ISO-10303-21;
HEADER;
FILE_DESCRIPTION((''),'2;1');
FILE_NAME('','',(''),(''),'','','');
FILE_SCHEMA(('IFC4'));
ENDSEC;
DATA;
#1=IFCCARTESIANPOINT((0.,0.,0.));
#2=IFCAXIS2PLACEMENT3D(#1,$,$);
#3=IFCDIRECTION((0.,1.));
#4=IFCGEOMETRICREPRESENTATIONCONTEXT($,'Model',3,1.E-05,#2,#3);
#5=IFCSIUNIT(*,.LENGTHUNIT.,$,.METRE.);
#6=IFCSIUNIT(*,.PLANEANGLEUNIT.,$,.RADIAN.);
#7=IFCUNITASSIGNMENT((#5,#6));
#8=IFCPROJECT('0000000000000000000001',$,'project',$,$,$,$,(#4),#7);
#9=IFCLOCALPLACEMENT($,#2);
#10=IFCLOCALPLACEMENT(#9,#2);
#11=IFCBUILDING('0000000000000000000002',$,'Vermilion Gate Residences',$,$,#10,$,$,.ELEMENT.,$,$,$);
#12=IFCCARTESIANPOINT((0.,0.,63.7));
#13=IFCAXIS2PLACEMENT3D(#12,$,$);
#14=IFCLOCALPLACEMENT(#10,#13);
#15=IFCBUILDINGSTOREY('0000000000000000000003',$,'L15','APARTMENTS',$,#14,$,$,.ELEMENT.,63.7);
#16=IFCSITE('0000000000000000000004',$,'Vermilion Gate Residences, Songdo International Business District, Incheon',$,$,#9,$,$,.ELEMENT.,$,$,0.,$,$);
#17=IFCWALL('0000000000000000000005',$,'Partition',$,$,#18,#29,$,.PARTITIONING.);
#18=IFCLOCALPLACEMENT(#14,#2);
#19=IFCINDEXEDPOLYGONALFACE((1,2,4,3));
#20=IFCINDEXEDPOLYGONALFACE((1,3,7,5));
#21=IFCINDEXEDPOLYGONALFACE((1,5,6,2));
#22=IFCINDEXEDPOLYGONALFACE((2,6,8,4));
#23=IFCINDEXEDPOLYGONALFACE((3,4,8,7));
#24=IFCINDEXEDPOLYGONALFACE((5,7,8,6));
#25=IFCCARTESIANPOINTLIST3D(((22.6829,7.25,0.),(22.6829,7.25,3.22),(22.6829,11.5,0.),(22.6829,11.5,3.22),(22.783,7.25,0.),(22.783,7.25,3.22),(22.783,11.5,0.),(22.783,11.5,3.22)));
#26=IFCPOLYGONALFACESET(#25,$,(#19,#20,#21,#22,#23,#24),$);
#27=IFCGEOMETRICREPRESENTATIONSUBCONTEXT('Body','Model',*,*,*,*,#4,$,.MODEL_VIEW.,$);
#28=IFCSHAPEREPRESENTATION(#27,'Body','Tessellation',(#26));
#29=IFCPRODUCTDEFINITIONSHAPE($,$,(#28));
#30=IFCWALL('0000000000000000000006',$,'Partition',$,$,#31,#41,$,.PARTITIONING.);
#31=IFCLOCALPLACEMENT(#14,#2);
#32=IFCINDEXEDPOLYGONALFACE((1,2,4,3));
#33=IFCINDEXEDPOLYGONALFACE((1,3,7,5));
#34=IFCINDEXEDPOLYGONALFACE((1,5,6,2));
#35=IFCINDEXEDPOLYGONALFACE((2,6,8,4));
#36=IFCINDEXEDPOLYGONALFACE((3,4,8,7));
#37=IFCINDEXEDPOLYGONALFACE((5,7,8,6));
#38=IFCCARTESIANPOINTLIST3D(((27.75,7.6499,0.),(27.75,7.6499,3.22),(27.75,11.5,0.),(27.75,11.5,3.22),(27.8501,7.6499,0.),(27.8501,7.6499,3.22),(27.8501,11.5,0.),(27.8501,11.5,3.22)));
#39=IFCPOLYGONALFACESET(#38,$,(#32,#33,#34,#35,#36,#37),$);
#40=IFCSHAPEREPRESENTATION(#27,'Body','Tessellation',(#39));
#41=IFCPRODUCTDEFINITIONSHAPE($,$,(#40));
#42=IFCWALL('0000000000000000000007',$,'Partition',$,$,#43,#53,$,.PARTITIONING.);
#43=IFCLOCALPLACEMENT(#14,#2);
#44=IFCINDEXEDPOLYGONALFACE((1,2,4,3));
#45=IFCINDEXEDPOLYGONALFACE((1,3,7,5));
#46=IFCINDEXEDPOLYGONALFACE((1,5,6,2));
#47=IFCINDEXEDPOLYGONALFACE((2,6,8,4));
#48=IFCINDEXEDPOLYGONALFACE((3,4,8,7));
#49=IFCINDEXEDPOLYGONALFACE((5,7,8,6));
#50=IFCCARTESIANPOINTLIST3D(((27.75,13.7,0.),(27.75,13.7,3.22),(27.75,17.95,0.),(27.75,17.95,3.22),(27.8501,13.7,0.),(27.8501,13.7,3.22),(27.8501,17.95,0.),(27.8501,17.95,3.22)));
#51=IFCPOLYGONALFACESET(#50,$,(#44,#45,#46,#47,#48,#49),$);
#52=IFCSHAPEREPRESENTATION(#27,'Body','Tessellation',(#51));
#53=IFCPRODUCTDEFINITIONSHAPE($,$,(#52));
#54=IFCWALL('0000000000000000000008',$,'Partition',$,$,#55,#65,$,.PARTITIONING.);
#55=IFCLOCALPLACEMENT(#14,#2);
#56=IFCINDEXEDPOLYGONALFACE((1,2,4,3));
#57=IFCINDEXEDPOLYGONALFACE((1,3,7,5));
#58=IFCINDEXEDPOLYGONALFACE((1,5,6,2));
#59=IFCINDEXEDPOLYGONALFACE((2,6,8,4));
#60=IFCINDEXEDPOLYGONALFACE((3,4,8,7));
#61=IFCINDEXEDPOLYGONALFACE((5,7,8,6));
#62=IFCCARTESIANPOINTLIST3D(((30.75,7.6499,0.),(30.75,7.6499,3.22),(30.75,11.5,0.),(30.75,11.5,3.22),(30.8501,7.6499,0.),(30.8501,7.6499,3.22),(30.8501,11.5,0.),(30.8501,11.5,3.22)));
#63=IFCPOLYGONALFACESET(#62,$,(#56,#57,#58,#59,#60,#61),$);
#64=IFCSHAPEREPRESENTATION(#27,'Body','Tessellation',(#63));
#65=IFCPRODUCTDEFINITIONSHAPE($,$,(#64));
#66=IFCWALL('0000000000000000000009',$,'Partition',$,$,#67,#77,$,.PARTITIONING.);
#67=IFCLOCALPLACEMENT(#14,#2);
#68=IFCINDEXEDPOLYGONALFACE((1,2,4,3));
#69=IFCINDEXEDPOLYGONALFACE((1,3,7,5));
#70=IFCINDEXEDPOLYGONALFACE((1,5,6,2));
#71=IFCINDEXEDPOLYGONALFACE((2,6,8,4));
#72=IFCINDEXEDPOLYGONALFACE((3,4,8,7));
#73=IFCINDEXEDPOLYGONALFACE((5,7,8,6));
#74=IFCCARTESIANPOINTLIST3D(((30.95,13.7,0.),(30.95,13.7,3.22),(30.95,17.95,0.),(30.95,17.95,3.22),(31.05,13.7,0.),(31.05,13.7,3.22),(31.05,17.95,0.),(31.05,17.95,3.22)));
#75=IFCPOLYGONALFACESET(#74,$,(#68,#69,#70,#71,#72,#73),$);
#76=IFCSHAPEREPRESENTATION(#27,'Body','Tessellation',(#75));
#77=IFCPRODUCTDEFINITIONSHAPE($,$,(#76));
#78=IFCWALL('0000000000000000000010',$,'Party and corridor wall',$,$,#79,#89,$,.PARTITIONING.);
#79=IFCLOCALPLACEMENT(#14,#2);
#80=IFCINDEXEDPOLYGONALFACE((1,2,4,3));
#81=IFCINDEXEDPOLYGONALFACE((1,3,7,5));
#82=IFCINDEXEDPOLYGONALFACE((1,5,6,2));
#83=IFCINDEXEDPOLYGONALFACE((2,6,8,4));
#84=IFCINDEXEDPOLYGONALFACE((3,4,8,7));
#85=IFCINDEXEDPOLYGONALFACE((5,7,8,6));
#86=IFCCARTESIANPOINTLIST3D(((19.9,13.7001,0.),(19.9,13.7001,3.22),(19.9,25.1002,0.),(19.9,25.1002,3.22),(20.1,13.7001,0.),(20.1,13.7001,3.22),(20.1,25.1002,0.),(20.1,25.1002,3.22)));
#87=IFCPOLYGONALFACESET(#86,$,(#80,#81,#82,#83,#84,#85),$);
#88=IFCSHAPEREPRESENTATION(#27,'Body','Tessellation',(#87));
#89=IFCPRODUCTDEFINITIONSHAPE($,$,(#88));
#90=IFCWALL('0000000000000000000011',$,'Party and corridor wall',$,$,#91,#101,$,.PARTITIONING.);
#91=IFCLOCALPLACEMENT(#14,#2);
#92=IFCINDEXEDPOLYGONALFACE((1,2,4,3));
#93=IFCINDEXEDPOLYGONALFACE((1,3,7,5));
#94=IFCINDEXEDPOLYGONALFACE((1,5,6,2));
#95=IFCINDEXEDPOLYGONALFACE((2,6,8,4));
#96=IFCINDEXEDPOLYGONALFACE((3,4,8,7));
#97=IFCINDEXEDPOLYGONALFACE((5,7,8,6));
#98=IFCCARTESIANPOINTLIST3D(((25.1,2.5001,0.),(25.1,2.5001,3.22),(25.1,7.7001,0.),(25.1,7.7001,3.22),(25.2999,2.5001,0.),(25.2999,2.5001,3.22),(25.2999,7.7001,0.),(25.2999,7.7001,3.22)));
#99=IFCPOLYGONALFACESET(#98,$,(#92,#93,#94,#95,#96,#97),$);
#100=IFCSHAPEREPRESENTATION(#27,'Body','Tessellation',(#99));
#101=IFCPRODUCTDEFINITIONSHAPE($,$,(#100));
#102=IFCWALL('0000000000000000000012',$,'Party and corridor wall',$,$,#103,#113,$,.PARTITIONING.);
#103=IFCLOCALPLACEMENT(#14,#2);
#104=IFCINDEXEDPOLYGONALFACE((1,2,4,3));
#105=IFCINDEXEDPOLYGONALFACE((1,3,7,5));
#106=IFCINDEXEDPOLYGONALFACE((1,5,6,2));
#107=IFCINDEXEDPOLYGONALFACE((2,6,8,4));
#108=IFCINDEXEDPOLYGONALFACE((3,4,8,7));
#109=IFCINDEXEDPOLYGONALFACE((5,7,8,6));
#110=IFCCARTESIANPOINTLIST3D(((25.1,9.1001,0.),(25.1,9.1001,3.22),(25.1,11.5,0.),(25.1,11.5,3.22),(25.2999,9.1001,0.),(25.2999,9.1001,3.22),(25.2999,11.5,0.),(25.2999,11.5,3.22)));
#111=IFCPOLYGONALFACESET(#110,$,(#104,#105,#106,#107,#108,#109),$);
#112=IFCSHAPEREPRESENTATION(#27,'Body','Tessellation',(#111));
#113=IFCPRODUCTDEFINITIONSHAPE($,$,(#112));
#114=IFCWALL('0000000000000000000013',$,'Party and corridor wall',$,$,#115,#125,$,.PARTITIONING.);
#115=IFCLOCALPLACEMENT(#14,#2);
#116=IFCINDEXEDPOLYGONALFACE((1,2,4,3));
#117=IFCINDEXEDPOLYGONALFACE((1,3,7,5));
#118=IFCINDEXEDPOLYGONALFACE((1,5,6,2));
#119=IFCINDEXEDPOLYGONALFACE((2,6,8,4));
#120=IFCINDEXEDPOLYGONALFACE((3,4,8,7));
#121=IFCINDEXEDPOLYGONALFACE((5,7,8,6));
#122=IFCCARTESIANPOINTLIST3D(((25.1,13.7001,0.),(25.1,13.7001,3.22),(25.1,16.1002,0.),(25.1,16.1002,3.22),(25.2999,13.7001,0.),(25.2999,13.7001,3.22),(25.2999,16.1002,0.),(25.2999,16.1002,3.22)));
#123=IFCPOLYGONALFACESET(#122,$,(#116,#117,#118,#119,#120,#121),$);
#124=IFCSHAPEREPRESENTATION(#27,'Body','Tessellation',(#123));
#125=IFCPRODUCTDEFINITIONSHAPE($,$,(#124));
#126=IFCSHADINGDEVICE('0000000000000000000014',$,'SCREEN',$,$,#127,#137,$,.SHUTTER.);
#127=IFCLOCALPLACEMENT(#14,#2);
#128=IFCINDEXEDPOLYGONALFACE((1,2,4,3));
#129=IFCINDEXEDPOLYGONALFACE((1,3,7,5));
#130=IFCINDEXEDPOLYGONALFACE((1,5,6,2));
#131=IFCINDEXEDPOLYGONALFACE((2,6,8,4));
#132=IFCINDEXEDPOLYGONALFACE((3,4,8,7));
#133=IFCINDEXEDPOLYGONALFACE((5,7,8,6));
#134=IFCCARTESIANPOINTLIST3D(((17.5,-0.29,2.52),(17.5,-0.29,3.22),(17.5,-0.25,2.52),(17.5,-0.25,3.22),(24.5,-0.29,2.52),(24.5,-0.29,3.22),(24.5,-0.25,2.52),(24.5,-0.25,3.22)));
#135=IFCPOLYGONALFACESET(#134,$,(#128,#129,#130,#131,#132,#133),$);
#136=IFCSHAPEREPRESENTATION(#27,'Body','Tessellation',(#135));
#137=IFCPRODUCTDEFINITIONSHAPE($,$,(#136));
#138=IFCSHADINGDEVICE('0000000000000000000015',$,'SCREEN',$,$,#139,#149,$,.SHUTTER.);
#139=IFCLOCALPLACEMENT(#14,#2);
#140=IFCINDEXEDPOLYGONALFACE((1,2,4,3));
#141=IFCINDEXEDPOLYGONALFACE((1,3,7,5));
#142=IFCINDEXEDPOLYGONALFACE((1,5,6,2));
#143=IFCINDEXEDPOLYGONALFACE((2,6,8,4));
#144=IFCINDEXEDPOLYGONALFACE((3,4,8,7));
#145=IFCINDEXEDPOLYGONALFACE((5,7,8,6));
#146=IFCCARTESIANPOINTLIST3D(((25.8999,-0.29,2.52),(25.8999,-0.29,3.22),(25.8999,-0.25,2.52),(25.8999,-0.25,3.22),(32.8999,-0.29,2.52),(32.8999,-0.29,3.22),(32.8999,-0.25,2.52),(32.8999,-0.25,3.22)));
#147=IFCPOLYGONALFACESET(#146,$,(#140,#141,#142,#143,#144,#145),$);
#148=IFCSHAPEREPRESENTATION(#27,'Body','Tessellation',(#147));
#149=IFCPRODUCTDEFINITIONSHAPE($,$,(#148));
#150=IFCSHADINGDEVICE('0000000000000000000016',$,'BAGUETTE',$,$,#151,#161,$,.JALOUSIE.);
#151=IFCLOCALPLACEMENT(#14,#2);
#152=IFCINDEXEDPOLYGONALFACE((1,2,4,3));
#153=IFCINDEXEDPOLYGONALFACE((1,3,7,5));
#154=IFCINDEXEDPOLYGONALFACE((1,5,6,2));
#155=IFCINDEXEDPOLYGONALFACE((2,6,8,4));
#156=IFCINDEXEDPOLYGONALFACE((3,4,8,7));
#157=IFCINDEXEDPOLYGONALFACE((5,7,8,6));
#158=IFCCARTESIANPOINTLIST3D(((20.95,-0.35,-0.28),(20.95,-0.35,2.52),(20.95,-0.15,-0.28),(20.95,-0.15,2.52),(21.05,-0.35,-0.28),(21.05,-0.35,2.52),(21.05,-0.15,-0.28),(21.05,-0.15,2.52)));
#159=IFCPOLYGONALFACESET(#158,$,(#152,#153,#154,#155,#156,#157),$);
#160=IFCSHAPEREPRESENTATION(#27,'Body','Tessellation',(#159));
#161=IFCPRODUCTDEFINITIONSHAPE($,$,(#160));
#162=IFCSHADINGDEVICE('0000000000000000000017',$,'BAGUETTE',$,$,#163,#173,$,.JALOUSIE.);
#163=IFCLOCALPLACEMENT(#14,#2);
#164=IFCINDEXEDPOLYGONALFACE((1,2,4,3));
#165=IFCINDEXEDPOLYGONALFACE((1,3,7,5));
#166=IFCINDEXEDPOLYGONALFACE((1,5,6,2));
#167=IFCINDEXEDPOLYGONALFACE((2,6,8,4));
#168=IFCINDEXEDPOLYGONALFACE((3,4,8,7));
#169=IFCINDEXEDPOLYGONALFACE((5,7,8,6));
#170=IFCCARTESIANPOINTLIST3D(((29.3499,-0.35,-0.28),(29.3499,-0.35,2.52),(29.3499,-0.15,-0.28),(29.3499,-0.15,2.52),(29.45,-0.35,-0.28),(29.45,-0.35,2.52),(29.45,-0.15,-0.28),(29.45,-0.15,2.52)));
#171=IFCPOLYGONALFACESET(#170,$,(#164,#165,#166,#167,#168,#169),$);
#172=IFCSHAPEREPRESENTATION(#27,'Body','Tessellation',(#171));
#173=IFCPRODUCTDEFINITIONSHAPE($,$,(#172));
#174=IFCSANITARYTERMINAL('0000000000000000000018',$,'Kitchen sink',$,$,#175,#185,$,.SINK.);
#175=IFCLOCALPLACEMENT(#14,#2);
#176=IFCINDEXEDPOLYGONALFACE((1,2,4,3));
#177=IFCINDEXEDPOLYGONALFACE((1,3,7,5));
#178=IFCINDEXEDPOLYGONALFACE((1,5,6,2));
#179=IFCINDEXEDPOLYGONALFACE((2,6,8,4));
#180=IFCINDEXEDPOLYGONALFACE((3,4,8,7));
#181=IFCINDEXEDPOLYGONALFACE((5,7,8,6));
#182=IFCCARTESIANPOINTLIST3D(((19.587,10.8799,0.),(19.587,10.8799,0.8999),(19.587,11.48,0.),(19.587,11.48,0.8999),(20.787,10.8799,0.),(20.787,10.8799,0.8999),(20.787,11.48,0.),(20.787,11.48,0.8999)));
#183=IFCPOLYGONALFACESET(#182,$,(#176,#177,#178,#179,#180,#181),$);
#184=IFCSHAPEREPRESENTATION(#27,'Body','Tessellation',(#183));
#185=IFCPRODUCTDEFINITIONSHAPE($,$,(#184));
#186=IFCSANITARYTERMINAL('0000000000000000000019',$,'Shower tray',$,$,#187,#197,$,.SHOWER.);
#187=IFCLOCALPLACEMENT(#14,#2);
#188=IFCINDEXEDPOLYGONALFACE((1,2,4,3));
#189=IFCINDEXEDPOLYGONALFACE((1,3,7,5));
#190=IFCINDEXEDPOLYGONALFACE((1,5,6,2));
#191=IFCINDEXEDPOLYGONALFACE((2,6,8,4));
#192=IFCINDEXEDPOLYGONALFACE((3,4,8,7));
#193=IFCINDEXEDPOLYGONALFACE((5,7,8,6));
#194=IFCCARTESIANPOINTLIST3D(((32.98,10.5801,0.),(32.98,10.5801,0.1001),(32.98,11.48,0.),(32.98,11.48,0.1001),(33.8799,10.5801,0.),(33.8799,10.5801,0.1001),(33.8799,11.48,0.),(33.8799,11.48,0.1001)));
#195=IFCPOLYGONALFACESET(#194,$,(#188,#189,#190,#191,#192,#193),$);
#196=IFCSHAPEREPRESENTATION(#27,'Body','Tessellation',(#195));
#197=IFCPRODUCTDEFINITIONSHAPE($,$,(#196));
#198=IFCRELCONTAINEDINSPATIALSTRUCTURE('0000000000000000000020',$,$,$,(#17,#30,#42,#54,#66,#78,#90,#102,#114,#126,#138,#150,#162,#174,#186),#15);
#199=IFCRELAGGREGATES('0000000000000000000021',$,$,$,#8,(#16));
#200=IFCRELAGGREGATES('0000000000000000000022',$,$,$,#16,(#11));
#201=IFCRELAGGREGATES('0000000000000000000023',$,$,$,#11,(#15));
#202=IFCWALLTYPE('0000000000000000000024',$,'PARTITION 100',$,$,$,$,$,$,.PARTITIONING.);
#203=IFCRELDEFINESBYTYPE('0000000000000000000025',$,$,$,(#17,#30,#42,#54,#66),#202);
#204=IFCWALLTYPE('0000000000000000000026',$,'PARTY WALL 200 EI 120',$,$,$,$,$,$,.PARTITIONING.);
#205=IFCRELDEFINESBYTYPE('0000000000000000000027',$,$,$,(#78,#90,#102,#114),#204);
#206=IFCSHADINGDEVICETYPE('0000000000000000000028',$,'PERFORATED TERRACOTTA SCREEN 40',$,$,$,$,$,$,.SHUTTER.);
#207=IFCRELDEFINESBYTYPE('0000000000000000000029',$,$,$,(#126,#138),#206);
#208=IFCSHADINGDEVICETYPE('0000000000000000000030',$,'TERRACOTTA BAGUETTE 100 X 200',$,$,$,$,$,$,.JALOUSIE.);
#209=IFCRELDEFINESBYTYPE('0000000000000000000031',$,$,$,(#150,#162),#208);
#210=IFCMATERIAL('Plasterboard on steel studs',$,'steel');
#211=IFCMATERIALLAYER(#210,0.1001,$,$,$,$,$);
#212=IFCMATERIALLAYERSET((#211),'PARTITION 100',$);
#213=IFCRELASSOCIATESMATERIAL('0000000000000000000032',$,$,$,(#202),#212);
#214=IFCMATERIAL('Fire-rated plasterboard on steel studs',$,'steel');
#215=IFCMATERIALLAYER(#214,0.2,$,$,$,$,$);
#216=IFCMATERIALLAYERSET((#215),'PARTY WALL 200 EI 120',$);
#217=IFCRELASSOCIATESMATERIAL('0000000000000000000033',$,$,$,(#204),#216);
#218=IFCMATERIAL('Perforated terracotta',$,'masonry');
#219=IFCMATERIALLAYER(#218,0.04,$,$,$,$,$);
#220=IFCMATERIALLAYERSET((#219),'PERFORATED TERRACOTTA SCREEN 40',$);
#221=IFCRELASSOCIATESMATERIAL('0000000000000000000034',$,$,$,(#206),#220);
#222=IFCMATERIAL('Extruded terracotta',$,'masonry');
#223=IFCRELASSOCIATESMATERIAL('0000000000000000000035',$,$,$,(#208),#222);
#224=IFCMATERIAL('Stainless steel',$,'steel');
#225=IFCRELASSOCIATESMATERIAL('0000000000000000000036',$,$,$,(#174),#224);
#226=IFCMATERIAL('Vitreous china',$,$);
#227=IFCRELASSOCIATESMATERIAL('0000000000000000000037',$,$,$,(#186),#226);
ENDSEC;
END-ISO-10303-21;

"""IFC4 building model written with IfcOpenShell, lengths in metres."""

from ifc_helpers import new_model, si_unit, direction, frame, frame_2d, origin, origin_2d, place, context, subcontext, project, spatial, rectangle, extrude, material, layer, layer_set, material_profile, profile_set, type_object, element, save


model = new_model("IFC4")

# Units and contexts
model_context = context("Model", 3, precision=1e-05, world=origin(), true_north=direction((0.0, 1.0)))
body_context = subcontext(model_context, "Body", "Model", "MODEL_VIEW")
ifc_project = project(units=[si_unit("LENGTHUNIT", "METRE"), si_unit("PLANEANGLEUNIT", "RADIAN")], contexts=[model_context])

# Site, building, storey
site_placement = place(None, origin())
site = spatial("IfcSite", under=ifc_project, at=site_placement, Name="Vermilion Gate Residences, Songdo International Business District, Incheon", CompositionType="ELEMENT", RefElevation=0.0)
building_placement = place(site_placement, origin())
building = spatial("IfcBuilding", under=site, at=building_placement, Name="Vermilion Gate Residences", CompositionType="ELEMENT")
storey_placement = place(building_placement, frame((0.0, 0.0, 63.7)))
storey = spatial("IfcBuildingStorey", under=building, at=storey_placement, Name="L15", Description="APARTMENTS", CompositionType="ELEMENT", Elevation=63.7)

# Shared definitions
ifc_material_1 = material(Name="Plasterboard on steel studs", Category="steel")
ifc_layer_1 = layer(ifc_material_1, 0.1001)
ifc_layer_set_1 = layer_set([ifc_layer_1], Name="PARTITION 100")
wall_type_1 = type_object("IfcWallType", Name="PARTITION 100", PredefinedType="PARTITIONING", material=ifc_layer_set_1)

# Walls
wall_1_placement = place(storey_placement, frame((22.7329, 7.25, 0.0), z_axis=(0.0, 0.0, 1.0), x_axis=(0.0, 1.0, 0.0)))
element("IfcWall", 1, at=wall_1_placement, inside=storey, type_object=wall_type_1, Name="Partition", PredefinedType="PARTITIONING", context=body_context, shape_type="SweptSolid", body=[
    extrude(rectangle(XDim=4.25, YDim=0.1001, at=frame_2d((2.125, 0.0))), origin(), (0.0, 0.0, 1.0), 3.22),
])
wall_2_placement = place(storey_placement, frame((27.8, 7.6499, 0.0), z_axis=(0.0, 0.0, 1.0), x_axis=(0.0, 1.0, 0.0)))
element("IfcWall", 2, at=wall_2_placement, inside=storey, type_object=wall_type_1, Name="Partition", PredefinedType="PARTITIONING", context=body_context, shape_type="SweptSolid", body=[
    extrude(rectangle(XDim=3.8501, YDim=0.1001, at=frame_2d((1.925, 0.0))), origin(), (0.0, 0.0, 1.0), 3.22),
])
wall_3_placement = place(storey_placement, frame((27.8, 13.7, 0.0), z_axis=(0.0, 0.0, 1.0), x_axis=(0.0, 1.0, 0.0)))
element("IfcWall", 3, at=wall_3_placement, inside=storey, type_object=wall_type_1, Name="Partition", PredefinedType="PARTITIONING", context=body_context, shape_type="SweptSolid", body=[
    extrude(rectangle(XDim=4.25, YDim=0.1001, at=frame_2d((2.125, 0.0))), origin(), (0.0, 0.0, 1.0), 3.22),
])
wall_4_placement = place(storey_placement, frame((30.8, 7.6499, 0.0), z_axis=(0.0, 0.0, 1.0), x_axis=(0.0, 1.0, 0.0)))
element("IfcWall", 4, at=wall_4_placement, inside=storey, type_object=wall_type_1, Name="Partition", PredefinedType="PARTITIONING", context=body_context, shape_type="SweptSolid", body=[
    extrude(rectangle(XDim=3.8501, YDim=0.1001, at=frame_2d((1.925, 0.0))), origin(), (0.0, 0.0, 1.0), 3.22),
])
wall_5_placement = place(storey_placement, frame((31.0, 13.7, 0.0), z_axis=(0.0, 0.0, 1.0), x_axis=(0.0, 1.0, 0.0)))
element("IfcWall", 5, at=wall_5_placement, inside=storey, type_object=wall_type_1, Name="Partition", PredefinedType="PARTITIONING", context=body_context, shape_type="SweptSolid", body=[
    extrude(rectangle(XDim=4.25, YDim=0.1001, at=frame_2d((2.125, 0.0))), origin(), (0.0, 0.0, 1.0), 3.22),
])
ifc_material_2 = material(Name="Fire-rated plasterboard on steel studs", Category="steel")
ifc_layer_2 = layer(ifc_material_2, 0.2)
ifc_layer_set_2 = layer_set([ifc_layer_2], Name="PARTY WALL 200 EI 120")
wall_type_2 = type_object("IfcWallType", Name="PARTY WALL 200 EI 120", PredefinedType="PARTITIONING", material=ifc_layer_set_2)
wall_6_placement = place(storey_placement, frame((20.0, 13.7, 0.0), z_axis=(0.0, 0.0, 1.0), x_axis=(0.0, 1.0, 0.0)))
element("IfcWall", 6, at=wall_6_placement, inside=storey, type_object=wall_type_2, Name="Party and corridor wall", PredefinedType="PARTITIONING", context=body_context, shape_type="SweptSolid", body=[
    extrude(rectangle(XDim=11.4001, YDim=0.2, at=frame_2d((5.7002, 0.0))), origin(), (0.0, 0.0, 1.0), 3.22),
])
wall_7_placement = place(storey_placement, frame((25.2, 2.5, 0.0), z_axis=(0.0, 0.0, 1.0), x_axis=(0.0, 1.0, 0.0)))
element("IfcWall", 7, at=wall_7_placement, inside=storey, type_object=wall_type_2, Name="Party and corridor wall", PredefinedType="PARTITIONING", context=body_context, shape_type="SweptSolid", body=[
    extrude(rectangle(XDim=5.2, YDim=0.2, at=frame_2d((2.6001, 0.0))), origin(), (0.0, 0.0, 1.0), 3.22),
])
wall_8_placement = place(storey_placement, frame((25.2, 9.1001, 0.0), z_axis=(0.0, 0.0, 1.0), x_axis=(0.0, 1.0, 0.0)))
element("IfcWall", 8, at=wall_8_placement, inside=storey, type_object=wall_type_2, Name="Party and corridor wall", PredefinedType="PARTITIONING", context=body_context, shape_type="SweptSolid", body=[
    extrude(rectangle(XDim=2.3999, YDim=0.2, at=frame_2d((1.2, 0.0))), origin(), (0.0, 0.0, 1.0), 3.22),
])
wall_9_placement = place(storey_placement, frame((25.2, 13.7, 0.0), z_axis=(0.0, 0.0, 1.0), x_axis=(0.0, 1.0, 0.0)))
element("IfcWall", 9, at=wall_9_placement, inside=storey, type_object=wall_type_2, Name="Party and corridor wall", PredefinedType="PARTITIONING", context=body_context, shape_type="SweptSolid", body=[
    extrude(rectangle(XDim=2.4001, YDim=0.2, at=frame_2d((1.2002, 0.0))), origin(), (0.0, 0.0, 1.0), 3.22),
])

# Shading devices
ifc_material_3 = material(Name="Perforated terracotta", Category="masonry")
ifc_layer_3 = layer(ifc_material_3, 0.04)
ifc_layer_set_3 = layer_set([ifc_layer_3], Name="PERFORATED TERRACOTTA SCREEN 40")
shading_device_type_1 = type_object("IfcShadingDeviceType", Name="PERFORATED TERRACOTTA SCREEN 40", PredefinedType="SHUTTER", material=ifc_layer_set_3)
for number, where, z_axis, x_axis, name in (
    (10, (21.0, -0.27, 2.52), (0.0, 0.0, 1.0), (1.0, 0.0, 0.0), "SCREEN"),
    (11, (29.3999, -0.27, 2.52), (0.0, 0.0, 1.0), (1.0, 0.0, 0.0), "SCREEN"),
):
    element("IfcShadingDevice", number, at=place(storey_placement, frame(where, z_axis=z_axis, x_axis=x_axis)), inside=storey, type_object=shading_device_type_1, Name=name, PredefinedType="SHUTTER", context=body_context, shape_type="SweptSolid", body=[
        extrude(rectangle(XDim=7.0, YDim=0.04, at=origin_2d()), origin(), (0.0, 0.0, 1.0), 0.7),
    ])
ifc_material_4 = material(Name="Extruded terracotta", Category="masonry")
ifc_material_profile_1 = material_profile(ifc_material_4, rectangle(XDim=0.2, YDim=0.1001, at=origin_2d()), Name="BAGUETTE 100 X 200")
ifc_profile_set_1 = profile_set([ifc_material_profile_1], Name="Extruded terracotta")
shading_device_type_2 = type_object("IfcShadingDeviceType", Name="TERRACOTTA BAGUETTE 100 X 200", PredefinedType="JALOUSIE", material=ifc_profile_set_1)
for number, where, z_axis, x_axis, name in (
    (12, (21.0, -0.25, -0.28), (0.0, 0.0, 1.0), (0.0, 1.0, 0.0), "BAGUETTE"),
    (13, (29.3999, -0.25, -0.28), (0.0, 0.0, 1.0), (0.0, 1.0, 0.0), "BAGUETTE"),
):
    element("IfcShadingDevice", number, at=place(storey_placement, frame(where, z_axis=z_axis, x_axis=x_axis)), inside=storey, type_object=shading_device_type_2, Name=name, PredefinedType="JALOUSIE", context=body_context, shape_type="SweptSolid", body=[
        extrude(rectangle(XDim=0.2, YDim=0.1001, at=origin_2d()), origin(), (0.0, 0.0, 1.0), 2.8),
    ])

# Sanitary terminals
ifc_material_5 = material(Name="Stainless steel", Category="steel")
sanitary_terminal_1_placement = place(storey_placement, frame((20.187, 11.1799, 0.0), z_axis=(0.0, 0.0, 1.0), x_axis=(1.0, 0.0, 0.0)))
element("IfcSanitaryTerminal", 14, at=sanitary_terminal_1_placement, inside=storey, material=ifc_material_5, Name="Kitchen sink", PredefinedType="SINK", context=body_context, shape_type="SweptSolid", body=[
    extrude(rectangle(XDim=1.2, YDim=0.6001, at=origin_2d()), origin(), (0.0, 0.0, 1.0), 0.8999),
])
ifc_material_6 = material(Name="Vitreous china")
sanitary_terminal_2_placement = place(storey_placement, frame((33.4299, 11.03, 0.0), z_axis=(0.0, 0.0, 1.0), x_axis=(1.0, 0.0, 0.0)))
element("IfcSanitaryTerminal", 15, at=sanitary_terminal_2_placement, inside=storey, material=ifc_material_6, Name="Shower tray", PredefinedType="SHOWER", context=body_context, shape_type="SweptSolid", body=[
    extrude(rectangle(XDim=0.8999, YDim=0.8999, at=origin_2d()), origin(), (0.0, 0.0, 1.0), 0.1001),
])

save(model, "model.ifc")
